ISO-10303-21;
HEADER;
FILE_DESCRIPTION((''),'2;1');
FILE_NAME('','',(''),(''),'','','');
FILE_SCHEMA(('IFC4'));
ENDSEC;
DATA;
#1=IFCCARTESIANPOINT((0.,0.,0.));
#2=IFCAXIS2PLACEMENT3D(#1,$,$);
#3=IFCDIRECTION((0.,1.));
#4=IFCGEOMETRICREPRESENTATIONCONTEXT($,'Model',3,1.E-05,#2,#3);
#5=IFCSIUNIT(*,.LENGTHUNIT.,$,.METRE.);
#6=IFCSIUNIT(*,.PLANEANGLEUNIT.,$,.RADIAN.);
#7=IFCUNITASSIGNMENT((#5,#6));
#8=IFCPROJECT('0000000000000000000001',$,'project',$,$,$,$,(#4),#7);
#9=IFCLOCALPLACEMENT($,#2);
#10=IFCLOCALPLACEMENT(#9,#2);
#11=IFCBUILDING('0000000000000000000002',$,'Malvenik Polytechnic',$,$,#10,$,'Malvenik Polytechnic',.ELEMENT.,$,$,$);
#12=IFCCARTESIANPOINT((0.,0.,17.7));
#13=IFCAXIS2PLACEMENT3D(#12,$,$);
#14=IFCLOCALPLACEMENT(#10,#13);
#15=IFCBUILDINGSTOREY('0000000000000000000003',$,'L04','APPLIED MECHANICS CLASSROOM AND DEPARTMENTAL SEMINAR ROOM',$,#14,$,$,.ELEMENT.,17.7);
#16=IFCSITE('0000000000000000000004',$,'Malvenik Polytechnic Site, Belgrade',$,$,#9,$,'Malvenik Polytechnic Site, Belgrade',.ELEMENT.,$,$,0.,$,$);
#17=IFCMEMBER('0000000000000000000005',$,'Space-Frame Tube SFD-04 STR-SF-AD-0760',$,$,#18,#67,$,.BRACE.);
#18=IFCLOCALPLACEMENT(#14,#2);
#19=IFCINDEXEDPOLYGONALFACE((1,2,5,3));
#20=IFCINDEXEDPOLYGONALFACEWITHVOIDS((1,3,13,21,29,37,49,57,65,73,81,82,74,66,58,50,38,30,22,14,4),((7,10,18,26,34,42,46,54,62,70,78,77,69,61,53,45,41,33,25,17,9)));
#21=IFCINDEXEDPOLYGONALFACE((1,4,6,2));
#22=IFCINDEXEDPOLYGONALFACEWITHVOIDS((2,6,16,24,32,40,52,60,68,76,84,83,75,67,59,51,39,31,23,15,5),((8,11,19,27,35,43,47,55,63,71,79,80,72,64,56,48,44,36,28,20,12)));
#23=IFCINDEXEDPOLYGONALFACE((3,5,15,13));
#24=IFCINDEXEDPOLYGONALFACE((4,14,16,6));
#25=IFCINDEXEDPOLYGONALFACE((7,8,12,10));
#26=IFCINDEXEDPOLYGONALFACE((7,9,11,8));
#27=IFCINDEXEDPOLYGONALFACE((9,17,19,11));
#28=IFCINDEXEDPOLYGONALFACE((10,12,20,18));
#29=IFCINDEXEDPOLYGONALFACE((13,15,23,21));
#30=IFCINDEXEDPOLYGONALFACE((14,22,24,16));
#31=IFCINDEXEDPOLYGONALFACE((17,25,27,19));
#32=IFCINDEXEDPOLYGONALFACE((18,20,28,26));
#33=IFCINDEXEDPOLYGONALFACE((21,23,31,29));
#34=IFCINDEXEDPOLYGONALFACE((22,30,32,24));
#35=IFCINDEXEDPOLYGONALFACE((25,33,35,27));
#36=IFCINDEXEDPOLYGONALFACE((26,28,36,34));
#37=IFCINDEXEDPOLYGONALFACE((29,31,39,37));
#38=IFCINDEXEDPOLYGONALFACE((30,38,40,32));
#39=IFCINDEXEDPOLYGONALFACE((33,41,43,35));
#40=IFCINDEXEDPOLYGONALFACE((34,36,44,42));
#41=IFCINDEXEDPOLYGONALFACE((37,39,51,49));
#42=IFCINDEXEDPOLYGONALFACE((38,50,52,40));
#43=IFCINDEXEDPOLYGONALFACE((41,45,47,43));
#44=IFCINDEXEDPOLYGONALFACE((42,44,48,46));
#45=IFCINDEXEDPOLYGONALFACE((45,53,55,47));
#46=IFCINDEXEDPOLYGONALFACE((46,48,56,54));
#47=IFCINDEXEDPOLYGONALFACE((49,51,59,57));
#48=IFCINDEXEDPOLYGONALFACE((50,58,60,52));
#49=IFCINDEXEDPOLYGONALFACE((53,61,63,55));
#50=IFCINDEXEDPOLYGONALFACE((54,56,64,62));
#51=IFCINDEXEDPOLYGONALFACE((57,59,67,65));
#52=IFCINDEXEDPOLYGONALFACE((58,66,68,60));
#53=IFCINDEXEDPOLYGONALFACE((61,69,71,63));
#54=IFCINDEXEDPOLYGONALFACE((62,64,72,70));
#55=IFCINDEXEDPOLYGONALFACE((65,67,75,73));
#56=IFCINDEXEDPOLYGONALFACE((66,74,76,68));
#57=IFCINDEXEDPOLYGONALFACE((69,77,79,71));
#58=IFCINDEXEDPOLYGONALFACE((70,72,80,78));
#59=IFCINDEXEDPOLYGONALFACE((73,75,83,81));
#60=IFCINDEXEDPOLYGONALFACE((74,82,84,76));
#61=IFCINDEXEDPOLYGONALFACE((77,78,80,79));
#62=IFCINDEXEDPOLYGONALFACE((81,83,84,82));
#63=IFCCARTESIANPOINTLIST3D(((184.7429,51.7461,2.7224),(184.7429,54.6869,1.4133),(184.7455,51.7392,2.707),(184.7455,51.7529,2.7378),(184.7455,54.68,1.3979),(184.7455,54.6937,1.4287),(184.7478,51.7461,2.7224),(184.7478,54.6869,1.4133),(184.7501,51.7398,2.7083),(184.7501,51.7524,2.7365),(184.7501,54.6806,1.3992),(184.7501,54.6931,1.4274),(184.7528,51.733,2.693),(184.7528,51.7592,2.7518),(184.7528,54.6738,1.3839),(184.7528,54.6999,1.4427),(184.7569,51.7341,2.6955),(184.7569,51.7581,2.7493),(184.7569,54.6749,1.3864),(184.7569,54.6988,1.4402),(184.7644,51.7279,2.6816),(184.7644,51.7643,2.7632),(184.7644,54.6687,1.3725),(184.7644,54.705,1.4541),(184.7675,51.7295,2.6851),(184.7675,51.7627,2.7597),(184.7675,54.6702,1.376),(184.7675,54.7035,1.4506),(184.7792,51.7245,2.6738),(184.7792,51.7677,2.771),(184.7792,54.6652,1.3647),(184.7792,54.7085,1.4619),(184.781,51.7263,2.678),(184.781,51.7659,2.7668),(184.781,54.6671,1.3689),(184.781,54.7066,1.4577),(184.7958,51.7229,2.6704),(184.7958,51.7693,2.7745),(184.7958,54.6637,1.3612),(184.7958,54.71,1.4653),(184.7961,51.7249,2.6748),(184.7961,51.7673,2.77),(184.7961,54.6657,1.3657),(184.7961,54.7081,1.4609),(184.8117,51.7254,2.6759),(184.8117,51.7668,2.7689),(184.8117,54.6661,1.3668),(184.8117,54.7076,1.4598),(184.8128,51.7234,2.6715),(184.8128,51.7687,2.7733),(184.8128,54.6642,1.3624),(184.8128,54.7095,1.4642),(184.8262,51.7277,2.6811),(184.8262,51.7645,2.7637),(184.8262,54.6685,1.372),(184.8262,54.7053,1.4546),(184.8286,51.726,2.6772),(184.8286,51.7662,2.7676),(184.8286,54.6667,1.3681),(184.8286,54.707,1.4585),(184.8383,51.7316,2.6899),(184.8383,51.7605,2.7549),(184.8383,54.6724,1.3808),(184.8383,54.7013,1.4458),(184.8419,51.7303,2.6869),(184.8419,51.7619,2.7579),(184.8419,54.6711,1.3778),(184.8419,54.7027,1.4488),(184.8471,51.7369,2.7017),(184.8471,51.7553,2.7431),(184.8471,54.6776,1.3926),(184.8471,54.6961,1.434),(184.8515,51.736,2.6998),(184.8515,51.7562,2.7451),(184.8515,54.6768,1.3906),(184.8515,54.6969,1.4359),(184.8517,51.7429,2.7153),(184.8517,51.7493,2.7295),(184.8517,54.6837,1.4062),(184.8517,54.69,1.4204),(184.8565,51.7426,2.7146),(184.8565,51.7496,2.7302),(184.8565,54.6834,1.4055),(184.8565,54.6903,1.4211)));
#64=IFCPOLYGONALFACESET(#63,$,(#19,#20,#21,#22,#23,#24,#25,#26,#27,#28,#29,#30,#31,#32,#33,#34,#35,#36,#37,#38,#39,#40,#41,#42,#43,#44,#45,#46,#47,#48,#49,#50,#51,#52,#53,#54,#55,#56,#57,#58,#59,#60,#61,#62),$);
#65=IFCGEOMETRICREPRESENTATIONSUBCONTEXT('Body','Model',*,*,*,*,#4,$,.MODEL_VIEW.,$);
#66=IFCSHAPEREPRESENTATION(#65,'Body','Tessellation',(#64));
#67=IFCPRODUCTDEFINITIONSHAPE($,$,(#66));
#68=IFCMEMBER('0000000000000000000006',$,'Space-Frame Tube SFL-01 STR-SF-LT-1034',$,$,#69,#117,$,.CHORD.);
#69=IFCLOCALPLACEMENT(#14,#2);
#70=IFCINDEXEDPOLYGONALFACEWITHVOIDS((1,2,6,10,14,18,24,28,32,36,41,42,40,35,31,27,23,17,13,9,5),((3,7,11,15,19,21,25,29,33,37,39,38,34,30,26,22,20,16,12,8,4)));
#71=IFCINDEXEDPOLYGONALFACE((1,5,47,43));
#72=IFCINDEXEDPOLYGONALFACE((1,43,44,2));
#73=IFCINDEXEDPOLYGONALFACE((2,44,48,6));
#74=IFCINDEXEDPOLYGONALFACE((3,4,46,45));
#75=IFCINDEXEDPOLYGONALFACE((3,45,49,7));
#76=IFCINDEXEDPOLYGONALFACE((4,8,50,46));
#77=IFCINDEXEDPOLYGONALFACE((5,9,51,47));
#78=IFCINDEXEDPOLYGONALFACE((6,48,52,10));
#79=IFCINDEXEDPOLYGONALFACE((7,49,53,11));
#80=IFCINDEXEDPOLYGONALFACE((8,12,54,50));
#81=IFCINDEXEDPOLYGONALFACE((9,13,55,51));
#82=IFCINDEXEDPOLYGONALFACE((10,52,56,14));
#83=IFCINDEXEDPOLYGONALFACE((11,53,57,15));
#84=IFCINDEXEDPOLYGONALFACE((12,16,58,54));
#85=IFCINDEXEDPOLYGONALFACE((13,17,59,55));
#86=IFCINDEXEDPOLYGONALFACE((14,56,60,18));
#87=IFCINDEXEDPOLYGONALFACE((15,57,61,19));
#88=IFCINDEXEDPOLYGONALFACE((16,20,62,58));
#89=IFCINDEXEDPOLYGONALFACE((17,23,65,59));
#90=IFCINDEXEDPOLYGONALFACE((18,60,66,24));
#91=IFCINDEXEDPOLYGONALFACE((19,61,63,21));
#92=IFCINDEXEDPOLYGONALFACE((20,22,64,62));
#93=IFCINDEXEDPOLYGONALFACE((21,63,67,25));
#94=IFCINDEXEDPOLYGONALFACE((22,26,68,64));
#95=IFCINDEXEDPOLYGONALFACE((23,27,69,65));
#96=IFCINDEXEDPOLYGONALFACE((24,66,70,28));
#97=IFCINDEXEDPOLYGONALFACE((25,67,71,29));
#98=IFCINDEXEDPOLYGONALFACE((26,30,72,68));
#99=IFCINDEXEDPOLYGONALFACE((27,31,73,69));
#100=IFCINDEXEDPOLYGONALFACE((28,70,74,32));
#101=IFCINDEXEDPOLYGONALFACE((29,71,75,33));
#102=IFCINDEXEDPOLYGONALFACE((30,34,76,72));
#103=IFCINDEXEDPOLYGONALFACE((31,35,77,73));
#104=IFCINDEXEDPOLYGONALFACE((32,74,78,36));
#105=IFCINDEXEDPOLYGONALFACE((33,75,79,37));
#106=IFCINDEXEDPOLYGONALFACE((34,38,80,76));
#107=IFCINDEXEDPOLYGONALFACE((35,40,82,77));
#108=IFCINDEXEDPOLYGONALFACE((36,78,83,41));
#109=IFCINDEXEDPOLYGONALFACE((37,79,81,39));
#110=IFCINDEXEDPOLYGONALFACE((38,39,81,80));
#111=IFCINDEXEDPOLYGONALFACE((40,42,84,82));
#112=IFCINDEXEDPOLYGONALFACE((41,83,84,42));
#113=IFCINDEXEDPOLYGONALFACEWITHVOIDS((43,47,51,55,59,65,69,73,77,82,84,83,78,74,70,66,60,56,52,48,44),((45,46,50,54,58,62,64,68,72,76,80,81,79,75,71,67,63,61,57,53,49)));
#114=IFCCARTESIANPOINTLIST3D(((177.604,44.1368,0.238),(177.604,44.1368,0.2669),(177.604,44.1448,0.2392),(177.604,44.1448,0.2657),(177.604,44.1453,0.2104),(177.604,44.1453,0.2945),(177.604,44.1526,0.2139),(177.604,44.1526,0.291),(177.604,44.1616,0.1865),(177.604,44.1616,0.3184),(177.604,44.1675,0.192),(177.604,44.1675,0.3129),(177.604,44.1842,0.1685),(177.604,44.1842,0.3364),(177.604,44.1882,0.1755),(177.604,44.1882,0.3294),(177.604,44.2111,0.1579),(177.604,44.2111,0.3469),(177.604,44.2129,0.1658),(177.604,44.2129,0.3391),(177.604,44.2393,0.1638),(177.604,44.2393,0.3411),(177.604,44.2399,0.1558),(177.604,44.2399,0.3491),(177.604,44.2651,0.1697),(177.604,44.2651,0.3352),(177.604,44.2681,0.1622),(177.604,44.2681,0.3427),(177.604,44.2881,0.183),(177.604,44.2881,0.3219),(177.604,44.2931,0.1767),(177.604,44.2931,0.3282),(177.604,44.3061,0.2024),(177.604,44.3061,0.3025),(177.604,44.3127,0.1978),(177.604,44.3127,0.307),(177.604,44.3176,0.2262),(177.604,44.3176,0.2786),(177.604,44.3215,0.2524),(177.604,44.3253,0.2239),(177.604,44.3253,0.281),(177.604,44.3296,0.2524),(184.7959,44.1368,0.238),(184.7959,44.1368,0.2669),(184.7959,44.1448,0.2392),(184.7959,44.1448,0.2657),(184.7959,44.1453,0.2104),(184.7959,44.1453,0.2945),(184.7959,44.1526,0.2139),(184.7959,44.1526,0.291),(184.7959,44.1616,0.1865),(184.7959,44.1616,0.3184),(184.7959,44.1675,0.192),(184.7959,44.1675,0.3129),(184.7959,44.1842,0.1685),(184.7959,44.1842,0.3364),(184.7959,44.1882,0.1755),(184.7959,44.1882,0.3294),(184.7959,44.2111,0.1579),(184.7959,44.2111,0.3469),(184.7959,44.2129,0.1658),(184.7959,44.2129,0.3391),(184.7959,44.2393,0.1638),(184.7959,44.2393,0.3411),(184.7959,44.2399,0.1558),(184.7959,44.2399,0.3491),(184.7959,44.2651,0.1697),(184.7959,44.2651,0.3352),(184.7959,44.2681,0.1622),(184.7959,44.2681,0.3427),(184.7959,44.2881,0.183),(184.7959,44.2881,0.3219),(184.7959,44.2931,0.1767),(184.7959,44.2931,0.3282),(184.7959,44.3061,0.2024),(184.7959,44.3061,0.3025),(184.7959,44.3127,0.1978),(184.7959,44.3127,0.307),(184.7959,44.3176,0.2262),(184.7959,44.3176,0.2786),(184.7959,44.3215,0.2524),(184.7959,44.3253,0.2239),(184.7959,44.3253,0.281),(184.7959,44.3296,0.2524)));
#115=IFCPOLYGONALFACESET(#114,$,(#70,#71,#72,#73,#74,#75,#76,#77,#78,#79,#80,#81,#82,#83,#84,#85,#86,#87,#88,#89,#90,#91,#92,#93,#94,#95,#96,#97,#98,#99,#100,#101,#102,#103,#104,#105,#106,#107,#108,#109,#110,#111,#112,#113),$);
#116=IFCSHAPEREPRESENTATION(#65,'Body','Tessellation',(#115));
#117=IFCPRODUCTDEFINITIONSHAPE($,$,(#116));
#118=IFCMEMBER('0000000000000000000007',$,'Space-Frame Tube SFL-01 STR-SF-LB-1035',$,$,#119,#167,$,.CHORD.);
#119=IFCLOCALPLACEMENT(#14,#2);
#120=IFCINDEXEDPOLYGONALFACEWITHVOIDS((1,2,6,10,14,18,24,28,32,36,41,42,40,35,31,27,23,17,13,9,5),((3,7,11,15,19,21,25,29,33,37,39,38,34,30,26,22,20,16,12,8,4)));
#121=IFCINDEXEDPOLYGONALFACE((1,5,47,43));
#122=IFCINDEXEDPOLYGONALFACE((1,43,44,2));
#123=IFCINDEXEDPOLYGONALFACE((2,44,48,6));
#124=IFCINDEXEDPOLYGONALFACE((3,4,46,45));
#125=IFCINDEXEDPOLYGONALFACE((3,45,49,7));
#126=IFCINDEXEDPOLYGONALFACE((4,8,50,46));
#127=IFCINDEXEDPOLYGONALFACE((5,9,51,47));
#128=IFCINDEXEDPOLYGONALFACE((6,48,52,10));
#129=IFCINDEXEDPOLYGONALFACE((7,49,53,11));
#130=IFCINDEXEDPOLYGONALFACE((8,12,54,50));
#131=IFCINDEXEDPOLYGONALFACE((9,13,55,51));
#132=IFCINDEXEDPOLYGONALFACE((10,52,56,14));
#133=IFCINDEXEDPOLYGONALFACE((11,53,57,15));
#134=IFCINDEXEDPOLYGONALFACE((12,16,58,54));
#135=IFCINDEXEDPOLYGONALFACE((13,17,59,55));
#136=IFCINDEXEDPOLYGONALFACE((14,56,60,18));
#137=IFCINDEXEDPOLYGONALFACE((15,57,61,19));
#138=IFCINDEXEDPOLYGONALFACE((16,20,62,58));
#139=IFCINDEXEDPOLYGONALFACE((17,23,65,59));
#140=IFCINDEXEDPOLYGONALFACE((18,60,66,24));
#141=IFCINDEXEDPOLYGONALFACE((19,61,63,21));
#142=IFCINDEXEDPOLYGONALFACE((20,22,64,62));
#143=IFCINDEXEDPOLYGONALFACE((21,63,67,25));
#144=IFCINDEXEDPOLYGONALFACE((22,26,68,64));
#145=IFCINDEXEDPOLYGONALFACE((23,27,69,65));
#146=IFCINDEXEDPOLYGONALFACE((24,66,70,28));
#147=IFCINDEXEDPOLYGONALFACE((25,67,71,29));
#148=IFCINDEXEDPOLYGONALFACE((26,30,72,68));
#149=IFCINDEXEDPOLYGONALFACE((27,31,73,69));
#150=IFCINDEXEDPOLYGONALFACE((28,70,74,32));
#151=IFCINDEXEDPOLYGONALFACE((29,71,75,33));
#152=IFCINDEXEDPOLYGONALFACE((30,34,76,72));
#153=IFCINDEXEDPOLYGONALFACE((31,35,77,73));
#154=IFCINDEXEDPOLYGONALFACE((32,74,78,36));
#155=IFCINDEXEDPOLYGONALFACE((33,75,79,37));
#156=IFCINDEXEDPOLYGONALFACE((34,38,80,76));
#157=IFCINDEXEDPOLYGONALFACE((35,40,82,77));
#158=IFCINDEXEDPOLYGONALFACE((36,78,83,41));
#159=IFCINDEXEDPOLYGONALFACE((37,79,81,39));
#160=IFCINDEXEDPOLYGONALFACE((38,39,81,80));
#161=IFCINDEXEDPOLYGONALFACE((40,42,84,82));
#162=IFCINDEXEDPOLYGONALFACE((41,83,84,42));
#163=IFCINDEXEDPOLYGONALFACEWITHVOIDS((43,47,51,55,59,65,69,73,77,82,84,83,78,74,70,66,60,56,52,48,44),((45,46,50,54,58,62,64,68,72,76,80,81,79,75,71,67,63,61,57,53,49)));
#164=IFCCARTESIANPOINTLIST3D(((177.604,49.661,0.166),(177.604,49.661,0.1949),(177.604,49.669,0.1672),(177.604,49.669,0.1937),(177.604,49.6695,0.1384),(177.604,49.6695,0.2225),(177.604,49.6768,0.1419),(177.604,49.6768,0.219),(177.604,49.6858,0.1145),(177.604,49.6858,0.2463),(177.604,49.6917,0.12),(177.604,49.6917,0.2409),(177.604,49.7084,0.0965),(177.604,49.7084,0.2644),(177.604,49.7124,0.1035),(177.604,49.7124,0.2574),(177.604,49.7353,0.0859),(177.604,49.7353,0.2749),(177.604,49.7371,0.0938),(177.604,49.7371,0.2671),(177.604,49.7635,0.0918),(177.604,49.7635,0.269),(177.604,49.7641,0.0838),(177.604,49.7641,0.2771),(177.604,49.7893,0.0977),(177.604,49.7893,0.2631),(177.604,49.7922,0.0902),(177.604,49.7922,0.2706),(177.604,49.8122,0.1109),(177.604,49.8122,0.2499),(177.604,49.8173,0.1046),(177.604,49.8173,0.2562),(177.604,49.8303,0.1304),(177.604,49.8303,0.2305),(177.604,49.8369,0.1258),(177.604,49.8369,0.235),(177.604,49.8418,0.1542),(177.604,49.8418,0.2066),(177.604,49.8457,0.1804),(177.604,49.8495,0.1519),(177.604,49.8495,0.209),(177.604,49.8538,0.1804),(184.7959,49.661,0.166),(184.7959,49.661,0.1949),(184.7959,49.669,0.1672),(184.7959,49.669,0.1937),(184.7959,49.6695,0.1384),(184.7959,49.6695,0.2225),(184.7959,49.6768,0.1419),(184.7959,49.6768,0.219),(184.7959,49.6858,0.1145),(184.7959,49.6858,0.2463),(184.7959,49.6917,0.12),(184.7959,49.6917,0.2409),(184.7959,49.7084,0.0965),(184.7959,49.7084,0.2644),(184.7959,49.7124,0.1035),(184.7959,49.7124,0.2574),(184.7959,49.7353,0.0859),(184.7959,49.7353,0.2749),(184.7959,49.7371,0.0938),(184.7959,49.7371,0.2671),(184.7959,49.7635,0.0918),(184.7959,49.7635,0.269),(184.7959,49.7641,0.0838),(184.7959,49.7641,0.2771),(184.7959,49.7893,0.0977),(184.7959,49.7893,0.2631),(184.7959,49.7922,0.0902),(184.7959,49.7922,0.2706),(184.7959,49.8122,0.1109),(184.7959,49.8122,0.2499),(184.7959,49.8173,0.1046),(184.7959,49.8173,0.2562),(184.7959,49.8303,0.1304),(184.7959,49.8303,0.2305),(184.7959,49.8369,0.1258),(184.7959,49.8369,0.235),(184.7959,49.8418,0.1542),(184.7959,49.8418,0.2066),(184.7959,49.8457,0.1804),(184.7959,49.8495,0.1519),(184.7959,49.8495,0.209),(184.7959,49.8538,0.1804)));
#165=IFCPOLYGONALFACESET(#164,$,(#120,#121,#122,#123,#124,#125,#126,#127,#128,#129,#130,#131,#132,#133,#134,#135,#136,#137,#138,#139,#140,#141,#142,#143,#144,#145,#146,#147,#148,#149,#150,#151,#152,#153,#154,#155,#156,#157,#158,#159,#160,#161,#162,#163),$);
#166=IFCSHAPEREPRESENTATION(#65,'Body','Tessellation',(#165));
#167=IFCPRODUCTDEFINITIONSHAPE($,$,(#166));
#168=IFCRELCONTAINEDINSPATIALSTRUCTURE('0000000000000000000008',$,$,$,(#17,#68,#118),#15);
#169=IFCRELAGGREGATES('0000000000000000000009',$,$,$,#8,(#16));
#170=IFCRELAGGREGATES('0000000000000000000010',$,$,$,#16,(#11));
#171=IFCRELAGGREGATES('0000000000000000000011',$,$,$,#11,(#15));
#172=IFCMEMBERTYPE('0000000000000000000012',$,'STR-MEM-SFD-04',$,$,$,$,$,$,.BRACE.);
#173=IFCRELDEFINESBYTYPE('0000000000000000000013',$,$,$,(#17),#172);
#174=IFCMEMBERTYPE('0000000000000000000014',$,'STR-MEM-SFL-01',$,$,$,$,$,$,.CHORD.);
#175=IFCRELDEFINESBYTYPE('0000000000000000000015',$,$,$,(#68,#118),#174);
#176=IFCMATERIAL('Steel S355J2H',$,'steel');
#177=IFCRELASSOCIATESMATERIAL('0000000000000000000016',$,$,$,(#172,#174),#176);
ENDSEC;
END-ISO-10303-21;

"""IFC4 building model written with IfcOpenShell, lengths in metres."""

from ifc_helpers import new_model, si_unit, direction, frame, origin, origin_2d, place, context, subcontext, project, spatial, hollow_circle, extrude, material, material_profile, profile_set, type_object, element, save


model = new_model("IFC4")

# Units and contexts
model_context = context("Model", 3, precision=1e-05, world=origin(), true_north=direction((0.0, 1.0)))
body_context = subcontext(model_context, "Body", "Model", "MODEL_VIEW")
ifc_project = project(units=[si_unit("LENGTHUNIT", "METRE"), si_unit("PLANEANGLEUNIT", "RADIAN")], contexts=[model_context])

# Site, building, storey
site_placement = place(None, origin())
site = spatial("IfcSite", under=ifc_project, at=site_placement, Name="Malvenik Polytechnic Site, Belgrade", LongName="Malvenik Polytechnic Site, Belgrade", CompositionType="ELEMENT", RefElevation=0.0)
building_placement = place(site_placement, origin())
building = spatial("IfcBuilding", under=site, at=building_placement, Name="Malvenik Polytechnic", LongName="Malvenik Polytechnic", CompositionType="ELEMENT")
storey_placement = place(building_placement, frame((0.0, 0.0, 17.7)))
storey = spatial("IfcBuildingStorey", under=building, at=storey_placement, Name="L04", Description="APPLIED MECHANICS CLASSROOM AND DEPARTMENTAL SEMINAR ROOM", CompositionType="ELEMENT", Elevation=17.7)

# Members
ifc_material = material(Name="Steel S355J2H", Category="steel")
ifc_material_profile_1 = material_profile(ifc_material, hollow_circle(Radius=0.0571, WallThickness=0.0049, at=origin_2d()), Name="CHS 114.3x5.0")
ifc_profile_set_1 = profile_set([ifc_material_profile_1], Name="Steel S355J2H")
member_type_1 = type_object("IfcMemberType", Name="STR-MEM-SFD-04", PredefinedType="BRACE", material=ifc_profile_set_1)
member_1_placement = place(storey_placement, frame((184.8, 51.7461, 2.7224), z_axis=(0.0, 0.913567, -0.406687), x_axis=(-1.0, 0.0, 0.0)))
element("IfcMember", 1, at=member_1_placement, inside=storey, type_object=member_type_1, Name="Space-Frame Tube SFD-04 STR-SF-AD-0760", PredefinedType="BRACE", context=body_context, shape_type="SweptSolid", body=[
    extrude(hollow_circle(Radius=0.0571, WallThickness=0.0049, at=origin_2d()), origin(), (0.0, 0.0, 1.0), 3.219),
])
ifc_material_profile_2 = material_profile(ifc_material, hollow_circle(Radius=0.0969, WallThickness=0.0081, at=origin_2d()), Name="CHS 193.7x8.0")
ifc_profile_set_2 = profile_set([ifc_material_profile_2], Name="Steel S355J2H")
member_type_2 = type_object("IfcMemberType", Name="STR-MEM-SFL-01", PredefinedType="CHORD", material=ifc_profile_set_2)
for number, where, z_axis, x_axis, name in (
    (2, (177.604, 44.2327, 0.2524), (1.0, 0.0, 0.0), (0.0, 1.0, 0.0), "Space-Frame Tube SFL-01 STR-SF-LT-1034"),
    (3, (177.604, 49.7568, 0.1804), (1.0, 0.0, 0.0), (0.0, 1.0, 0.0), "Space-Frame Tube SFL-01 STR-SF-LB-1035"),
):
    element("IfcMember", number, at=place(storey_placement, frame(where, z_axis=z_axis, x_axis=x_axis)), inside=storey, type_object=member_type_2, Name=name, PredefinedType="CHORD", context=body_context, shape_type="SweptSolid", body=[
        extrude(hollow_circle(Radius=0.0969, WallThickness=0.0081, at=origin_2d()), origin(), (0.0, 0.0, 1.0), 7.1919),
    ])

save(model, "model.ifc")
